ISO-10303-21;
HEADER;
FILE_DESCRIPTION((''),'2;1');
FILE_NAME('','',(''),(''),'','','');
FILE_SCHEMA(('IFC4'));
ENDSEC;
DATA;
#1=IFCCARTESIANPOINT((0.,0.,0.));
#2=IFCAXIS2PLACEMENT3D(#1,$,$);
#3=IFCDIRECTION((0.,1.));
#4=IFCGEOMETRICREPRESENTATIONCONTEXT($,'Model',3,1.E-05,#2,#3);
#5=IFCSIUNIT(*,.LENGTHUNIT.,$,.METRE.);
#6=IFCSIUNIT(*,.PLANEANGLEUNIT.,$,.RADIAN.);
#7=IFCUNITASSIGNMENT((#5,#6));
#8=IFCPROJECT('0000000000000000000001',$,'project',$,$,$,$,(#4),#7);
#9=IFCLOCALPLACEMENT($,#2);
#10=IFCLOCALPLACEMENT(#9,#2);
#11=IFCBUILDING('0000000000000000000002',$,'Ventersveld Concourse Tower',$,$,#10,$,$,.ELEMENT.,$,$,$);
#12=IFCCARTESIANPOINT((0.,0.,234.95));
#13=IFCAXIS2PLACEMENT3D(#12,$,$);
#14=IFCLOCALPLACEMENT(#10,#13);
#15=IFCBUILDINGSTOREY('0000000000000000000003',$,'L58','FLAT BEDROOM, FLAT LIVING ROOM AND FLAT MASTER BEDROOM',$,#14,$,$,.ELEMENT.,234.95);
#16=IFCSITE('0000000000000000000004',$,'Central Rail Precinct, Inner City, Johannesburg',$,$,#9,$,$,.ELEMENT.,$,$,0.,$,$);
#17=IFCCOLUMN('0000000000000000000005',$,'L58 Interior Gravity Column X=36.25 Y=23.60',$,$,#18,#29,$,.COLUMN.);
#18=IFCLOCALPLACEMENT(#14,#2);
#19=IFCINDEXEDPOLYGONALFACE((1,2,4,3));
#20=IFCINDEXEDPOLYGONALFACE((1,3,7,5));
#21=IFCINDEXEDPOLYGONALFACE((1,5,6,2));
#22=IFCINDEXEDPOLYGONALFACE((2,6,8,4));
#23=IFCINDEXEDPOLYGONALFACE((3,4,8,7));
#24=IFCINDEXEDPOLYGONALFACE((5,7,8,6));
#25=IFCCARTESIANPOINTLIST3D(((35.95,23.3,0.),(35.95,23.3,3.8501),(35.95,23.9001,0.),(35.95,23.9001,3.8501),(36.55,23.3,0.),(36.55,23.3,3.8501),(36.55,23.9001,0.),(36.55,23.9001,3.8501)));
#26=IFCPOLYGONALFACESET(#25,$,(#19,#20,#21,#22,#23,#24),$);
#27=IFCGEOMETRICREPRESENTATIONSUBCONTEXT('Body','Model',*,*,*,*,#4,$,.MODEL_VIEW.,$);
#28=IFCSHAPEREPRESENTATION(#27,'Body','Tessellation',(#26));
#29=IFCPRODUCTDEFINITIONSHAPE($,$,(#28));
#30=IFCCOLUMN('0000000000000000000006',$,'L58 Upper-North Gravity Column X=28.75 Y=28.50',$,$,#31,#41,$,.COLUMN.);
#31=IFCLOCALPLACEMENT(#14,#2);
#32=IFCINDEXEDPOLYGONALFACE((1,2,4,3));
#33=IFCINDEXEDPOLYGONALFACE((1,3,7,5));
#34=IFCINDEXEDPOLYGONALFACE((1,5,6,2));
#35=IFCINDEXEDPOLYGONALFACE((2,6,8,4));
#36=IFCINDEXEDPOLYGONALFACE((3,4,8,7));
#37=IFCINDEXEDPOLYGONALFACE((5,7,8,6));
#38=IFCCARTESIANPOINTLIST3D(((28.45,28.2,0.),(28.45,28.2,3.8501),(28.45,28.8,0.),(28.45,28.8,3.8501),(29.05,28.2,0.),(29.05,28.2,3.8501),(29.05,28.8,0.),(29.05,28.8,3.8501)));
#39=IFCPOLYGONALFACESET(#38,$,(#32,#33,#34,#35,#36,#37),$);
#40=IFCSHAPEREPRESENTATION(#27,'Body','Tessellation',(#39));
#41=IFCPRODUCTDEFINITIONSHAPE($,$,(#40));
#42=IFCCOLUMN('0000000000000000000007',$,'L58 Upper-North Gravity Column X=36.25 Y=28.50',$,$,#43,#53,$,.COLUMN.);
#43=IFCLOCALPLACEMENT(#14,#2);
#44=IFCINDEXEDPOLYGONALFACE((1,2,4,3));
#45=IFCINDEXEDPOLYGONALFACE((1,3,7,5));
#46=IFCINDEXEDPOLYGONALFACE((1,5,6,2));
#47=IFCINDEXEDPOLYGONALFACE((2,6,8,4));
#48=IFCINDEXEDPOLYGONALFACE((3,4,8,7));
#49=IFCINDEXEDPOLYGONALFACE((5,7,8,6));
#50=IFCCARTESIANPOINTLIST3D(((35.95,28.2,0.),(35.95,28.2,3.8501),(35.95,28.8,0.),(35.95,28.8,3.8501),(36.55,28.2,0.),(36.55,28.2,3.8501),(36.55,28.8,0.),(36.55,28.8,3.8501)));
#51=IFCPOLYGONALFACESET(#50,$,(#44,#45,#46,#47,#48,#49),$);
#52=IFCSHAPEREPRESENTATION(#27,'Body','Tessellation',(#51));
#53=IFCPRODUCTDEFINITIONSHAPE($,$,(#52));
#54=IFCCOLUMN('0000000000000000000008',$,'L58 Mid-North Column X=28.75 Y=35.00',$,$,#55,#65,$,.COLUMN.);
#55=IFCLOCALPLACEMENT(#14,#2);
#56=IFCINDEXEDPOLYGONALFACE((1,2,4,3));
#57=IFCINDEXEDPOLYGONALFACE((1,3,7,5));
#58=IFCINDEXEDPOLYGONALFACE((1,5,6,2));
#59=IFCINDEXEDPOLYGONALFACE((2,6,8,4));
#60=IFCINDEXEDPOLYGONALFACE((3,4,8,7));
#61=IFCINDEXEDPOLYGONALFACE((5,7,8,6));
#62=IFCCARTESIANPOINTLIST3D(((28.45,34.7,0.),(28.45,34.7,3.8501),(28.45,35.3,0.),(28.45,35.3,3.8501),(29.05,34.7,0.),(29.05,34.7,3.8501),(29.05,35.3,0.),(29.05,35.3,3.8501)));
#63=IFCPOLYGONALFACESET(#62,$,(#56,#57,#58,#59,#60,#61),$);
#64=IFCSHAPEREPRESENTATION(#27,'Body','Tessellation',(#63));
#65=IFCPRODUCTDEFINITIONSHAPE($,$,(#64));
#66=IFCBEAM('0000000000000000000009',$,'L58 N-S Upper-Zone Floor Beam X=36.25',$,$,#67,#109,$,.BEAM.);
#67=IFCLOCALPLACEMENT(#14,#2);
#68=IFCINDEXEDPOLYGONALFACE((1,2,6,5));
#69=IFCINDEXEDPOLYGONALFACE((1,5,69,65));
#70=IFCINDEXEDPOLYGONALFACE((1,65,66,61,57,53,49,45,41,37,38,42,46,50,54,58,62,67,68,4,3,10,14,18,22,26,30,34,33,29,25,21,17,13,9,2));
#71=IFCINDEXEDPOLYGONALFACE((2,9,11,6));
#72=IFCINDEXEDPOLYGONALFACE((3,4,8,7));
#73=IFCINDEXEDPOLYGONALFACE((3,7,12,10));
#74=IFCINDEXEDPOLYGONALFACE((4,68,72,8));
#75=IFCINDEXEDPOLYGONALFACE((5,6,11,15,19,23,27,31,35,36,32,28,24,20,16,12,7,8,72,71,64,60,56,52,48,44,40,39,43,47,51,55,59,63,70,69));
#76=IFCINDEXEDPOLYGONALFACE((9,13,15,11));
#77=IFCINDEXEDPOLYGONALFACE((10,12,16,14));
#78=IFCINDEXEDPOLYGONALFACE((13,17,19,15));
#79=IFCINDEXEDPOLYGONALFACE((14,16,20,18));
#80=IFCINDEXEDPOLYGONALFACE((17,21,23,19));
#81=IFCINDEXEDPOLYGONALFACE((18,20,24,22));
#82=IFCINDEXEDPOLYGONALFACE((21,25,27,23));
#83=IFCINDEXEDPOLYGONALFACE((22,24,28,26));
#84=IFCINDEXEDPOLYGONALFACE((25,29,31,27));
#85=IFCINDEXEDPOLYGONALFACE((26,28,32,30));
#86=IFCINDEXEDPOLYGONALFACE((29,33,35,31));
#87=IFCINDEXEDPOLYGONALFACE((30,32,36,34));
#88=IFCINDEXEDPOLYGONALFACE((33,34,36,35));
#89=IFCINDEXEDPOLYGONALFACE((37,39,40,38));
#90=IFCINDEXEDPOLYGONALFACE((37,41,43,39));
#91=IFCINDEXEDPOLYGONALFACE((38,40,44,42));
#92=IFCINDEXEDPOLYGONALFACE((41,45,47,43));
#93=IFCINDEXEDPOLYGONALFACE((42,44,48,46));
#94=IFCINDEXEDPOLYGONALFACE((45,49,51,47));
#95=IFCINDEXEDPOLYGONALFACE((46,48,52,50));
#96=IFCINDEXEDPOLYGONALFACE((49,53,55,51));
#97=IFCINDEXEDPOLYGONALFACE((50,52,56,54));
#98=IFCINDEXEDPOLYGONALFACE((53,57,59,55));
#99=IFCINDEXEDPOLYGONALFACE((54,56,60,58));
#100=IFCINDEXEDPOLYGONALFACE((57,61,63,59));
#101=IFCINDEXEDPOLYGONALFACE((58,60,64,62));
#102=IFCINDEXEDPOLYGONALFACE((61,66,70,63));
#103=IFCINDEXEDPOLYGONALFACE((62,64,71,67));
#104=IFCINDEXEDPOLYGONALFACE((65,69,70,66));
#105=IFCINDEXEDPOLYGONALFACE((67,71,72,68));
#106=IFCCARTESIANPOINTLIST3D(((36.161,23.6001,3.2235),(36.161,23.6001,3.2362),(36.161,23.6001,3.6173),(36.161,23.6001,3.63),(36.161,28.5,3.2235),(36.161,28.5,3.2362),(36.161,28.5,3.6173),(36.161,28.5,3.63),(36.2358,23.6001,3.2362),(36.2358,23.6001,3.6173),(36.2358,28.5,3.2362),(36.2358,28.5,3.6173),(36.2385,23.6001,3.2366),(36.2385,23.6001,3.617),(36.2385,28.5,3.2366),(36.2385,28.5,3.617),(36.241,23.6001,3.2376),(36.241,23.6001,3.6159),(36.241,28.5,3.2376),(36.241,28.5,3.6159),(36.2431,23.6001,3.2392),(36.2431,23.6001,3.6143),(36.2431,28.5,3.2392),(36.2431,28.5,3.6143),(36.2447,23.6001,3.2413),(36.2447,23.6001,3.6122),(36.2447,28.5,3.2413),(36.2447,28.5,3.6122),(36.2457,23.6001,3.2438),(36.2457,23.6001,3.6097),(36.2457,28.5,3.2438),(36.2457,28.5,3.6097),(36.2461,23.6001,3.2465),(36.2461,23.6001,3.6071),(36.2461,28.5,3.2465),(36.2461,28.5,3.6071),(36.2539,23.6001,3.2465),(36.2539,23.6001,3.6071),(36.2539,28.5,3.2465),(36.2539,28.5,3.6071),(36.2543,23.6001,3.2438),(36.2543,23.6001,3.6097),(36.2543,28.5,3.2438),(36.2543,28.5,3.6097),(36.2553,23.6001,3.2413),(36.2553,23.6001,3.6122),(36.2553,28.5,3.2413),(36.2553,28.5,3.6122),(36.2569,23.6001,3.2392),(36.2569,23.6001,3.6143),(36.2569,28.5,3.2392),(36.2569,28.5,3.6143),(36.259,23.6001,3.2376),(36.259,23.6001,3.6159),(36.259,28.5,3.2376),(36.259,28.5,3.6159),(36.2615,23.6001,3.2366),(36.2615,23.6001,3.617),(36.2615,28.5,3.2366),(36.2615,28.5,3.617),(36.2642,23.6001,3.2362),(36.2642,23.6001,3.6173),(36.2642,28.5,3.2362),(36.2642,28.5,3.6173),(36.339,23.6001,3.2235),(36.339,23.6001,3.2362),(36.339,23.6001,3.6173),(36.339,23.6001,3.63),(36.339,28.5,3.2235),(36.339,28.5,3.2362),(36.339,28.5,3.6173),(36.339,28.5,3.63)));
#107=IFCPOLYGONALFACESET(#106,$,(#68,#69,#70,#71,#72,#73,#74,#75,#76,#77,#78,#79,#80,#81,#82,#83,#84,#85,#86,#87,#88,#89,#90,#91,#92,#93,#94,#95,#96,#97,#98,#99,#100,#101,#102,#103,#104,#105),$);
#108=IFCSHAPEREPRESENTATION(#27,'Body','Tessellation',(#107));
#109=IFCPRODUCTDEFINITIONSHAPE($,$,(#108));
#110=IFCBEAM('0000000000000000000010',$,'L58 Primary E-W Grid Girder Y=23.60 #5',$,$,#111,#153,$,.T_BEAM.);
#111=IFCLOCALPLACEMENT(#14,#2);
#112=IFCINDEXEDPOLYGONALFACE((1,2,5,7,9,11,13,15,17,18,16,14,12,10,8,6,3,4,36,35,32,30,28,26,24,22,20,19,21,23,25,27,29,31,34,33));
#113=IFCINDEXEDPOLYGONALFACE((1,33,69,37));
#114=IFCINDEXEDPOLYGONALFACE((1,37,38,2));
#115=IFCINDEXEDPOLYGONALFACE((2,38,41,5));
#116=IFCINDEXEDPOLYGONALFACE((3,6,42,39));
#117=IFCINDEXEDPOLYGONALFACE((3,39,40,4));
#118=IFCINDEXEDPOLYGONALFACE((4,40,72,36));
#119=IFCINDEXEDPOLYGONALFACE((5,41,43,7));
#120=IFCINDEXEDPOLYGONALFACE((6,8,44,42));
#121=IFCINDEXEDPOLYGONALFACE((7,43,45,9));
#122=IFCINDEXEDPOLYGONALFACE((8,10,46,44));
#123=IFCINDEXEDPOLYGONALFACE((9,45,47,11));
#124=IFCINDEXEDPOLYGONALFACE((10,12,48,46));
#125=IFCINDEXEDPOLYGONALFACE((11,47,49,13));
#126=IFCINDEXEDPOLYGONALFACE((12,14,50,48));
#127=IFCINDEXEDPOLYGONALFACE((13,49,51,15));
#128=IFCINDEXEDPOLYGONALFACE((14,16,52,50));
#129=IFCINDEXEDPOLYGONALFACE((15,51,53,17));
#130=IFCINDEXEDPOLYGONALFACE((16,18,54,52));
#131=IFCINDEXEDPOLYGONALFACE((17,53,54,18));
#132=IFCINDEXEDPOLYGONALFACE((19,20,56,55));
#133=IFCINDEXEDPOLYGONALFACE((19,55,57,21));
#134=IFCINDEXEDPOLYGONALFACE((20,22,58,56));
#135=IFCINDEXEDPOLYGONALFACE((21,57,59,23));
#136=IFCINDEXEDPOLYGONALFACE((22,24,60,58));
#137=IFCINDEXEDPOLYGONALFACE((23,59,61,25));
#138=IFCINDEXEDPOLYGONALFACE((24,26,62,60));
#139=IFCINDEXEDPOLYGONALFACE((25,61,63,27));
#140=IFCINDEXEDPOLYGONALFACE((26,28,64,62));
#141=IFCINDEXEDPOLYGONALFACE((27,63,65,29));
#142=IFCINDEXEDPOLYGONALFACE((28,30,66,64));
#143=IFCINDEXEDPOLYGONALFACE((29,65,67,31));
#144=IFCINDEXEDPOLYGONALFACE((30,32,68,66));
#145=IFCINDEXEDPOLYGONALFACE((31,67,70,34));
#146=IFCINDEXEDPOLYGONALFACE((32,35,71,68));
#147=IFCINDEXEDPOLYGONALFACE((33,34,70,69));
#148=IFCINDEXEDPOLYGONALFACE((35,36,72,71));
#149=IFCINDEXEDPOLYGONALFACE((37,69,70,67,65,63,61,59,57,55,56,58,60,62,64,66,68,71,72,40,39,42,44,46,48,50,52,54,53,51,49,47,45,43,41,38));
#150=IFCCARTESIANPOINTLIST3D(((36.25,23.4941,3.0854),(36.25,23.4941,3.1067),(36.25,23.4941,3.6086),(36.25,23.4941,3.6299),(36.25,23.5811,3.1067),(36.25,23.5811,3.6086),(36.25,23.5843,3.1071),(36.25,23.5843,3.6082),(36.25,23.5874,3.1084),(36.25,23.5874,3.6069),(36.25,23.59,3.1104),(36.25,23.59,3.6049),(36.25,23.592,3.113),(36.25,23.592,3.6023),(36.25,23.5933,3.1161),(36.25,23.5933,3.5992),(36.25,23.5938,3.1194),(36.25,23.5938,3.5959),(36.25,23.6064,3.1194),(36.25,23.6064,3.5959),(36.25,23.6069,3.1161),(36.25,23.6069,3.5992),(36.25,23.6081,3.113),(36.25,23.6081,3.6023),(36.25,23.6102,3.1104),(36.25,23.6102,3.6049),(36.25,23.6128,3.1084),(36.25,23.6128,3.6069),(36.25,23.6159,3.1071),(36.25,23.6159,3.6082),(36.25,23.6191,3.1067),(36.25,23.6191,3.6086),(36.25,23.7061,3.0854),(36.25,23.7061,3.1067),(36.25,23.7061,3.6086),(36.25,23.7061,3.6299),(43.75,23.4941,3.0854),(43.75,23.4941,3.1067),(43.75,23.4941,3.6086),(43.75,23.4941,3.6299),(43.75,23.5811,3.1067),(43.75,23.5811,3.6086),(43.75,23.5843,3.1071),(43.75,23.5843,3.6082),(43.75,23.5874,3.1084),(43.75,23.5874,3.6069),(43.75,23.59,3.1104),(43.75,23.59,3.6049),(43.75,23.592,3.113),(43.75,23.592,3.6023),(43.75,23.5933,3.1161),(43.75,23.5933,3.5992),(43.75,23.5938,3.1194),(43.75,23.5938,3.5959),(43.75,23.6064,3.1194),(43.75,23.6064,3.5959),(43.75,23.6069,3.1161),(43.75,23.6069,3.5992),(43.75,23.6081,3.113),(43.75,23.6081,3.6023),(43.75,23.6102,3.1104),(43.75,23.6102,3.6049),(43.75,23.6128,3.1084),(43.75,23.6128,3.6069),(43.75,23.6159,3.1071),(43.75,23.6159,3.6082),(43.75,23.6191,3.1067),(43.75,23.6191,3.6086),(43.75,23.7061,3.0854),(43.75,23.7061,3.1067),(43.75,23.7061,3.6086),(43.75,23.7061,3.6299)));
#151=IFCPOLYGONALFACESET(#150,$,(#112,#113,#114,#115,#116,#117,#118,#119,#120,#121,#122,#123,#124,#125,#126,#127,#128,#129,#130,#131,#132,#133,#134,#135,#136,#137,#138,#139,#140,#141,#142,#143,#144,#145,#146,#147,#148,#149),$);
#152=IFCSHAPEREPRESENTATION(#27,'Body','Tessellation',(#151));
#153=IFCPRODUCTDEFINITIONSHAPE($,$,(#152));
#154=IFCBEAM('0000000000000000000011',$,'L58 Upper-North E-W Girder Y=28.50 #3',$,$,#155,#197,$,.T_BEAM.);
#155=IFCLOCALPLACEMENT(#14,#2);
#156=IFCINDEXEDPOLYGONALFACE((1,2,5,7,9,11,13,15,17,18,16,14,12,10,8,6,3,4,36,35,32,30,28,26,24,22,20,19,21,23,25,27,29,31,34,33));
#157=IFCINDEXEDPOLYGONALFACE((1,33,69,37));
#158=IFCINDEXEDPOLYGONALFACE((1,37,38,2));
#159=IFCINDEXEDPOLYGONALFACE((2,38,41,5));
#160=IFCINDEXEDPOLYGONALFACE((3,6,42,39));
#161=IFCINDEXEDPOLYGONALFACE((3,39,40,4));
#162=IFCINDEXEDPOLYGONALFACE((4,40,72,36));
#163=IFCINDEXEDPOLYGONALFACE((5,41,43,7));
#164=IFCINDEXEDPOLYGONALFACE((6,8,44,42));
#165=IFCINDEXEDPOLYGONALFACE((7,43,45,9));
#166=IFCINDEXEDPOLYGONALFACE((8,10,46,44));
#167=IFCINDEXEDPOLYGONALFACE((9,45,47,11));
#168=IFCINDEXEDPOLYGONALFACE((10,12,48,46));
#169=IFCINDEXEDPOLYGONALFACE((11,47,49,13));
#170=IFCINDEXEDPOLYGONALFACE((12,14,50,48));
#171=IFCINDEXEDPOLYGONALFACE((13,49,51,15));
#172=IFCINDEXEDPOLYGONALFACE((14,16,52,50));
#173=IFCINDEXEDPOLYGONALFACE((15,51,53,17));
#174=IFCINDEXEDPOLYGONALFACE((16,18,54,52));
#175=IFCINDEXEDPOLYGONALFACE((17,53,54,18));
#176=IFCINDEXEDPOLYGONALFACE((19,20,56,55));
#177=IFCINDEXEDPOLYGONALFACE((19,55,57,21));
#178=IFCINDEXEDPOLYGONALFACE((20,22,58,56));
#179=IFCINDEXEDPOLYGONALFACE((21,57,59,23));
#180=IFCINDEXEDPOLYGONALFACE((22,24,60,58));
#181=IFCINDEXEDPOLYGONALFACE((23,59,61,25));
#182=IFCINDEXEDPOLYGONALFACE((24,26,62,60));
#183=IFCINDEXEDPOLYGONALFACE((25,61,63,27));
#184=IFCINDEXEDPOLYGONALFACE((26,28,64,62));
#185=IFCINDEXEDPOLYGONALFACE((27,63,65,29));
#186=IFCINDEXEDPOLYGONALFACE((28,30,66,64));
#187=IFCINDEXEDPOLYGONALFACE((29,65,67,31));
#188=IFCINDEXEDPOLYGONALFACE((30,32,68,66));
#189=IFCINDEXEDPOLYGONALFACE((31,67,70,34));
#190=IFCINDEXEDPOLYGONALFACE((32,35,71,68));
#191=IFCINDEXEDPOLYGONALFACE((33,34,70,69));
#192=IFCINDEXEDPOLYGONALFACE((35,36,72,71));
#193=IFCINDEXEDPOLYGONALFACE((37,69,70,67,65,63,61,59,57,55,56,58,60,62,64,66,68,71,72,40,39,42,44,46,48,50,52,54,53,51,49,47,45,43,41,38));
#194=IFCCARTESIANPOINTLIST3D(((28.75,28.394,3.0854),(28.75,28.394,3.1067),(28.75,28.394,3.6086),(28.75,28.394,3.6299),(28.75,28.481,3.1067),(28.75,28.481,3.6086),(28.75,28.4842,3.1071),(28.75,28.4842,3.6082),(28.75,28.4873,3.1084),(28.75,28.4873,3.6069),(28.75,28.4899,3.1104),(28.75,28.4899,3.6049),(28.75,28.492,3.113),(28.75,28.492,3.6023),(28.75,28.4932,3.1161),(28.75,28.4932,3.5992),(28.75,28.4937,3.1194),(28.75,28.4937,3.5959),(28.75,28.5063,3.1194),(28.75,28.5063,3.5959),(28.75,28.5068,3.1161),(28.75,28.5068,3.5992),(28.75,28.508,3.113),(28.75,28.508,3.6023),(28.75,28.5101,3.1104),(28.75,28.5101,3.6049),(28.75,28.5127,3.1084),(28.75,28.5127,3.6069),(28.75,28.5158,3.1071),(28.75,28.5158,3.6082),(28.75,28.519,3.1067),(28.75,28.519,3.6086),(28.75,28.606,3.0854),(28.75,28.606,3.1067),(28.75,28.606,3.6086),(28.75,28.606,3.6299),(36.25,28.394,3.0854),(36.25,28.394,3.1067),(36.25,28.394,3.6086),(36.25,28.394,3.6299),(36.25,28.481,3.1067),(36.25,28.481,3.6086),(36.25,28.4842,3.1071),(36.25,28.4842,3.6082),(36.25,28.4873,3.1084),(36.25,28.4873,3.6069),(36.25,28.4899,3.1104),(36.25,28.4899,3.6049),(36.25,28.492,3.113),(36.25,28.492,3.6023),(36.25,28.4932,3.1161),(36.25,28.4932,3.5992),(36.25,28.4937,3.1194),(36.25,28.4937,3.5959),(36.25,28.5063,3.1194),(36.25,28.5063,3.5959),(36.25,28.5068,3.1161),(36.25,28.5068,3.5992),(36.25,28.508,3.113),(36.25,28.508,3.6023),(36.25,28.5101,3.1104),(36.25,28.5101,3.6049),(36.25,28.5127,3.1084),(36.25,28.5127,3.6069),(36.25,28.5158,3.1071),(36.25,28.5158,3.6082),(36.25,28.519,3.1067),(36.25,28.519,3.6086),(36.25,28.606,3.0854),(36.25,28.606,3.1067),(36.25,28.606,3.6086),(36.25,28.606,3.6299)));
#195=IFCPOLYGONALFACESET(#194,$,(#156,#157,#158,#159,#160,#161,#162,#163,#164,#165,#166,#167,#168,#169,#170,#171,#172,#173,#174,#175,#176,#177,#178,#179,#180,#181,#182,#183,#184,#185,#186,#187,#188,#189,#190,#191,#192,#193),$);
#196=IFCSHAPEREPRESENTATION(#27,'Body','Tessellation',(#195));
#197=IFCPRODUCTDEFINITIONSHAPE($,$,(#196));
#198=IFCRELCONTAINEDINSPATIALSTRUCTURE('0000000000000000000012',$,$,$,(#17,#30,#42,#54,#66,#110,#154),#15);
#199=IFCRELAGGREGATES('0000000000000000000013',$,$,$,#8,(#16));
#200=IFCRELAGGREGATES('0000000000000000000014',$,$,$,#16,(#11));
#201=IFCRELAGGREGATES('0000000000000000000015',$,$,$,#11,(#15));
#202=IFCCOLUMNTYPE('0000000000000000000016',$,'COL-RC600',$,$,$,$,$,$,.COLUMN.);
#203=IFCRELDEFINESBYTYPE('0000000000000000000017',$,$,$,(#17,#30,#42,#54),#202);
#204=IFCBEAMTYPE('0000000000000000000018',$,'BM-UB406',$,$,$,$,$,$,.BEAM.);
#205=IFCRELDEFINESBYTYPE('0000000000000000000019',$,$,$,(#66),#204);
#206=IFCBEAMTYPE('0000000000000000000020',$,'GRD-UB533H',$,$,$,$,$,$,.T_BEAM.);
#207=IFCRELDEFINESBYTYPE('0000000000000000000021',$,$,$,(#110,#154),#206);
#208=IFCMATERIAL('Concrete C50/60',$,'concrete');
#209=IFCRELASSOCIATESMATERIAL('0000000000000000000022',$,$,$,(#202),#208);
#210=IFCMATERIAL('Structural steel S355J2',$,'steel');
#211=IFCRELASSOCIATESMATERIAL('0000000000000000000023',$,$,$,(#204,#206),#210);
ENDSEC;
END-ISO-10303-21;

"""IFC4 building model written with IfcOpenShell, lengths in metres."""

from ifc_helpers import new_model, si_unit, direction, frame, origin, origin_2d, place, context, subcontext, project, spatial, rectangle, i_section, extrude, material, material_profile, profile_set, type_object, element, save


model = new_model("IFC4")

# Units and contexts
model_context = context("Model", 3, precision=1e-05, world=origin(), true_north=direction((0.0, 1.0)))
body_context = subcontext(model_context, "Body", "Model", "MODEL_VIEW")
ifc_project = project(units=[si_unit("LENGTHUNIT", "METRE"), si_unit("PLANEANGLEUNIT", "RADIAN")], contexts=[model_context])

# Site, building, storey
site_placement = place(None, origin())
site = spatial("IfcSite", under=ifc_project, at=site_placement, Name="Central Rail Precinct, Inner City, Johannesburg", CompositionType="ELEMENT", RefElevation=0.0)
building_placement = place(site_placement, origin())
building = spatial("IfcBuilding", under=site, at=building_placement, Name="Ventersveld Concourse Tower", CompositionType="ELEMENT")
storey_placement = place(building_placement, frame((0.0, 0.0, 234.95)))
storey = spatial("IfcBuildingStorey", under=building, at=storey_placement, Name="L58", Description="FLAT BEDROOM, FLAT LIVING ROOM AND FLAT MASTER BEDROOM", CompositionType="ELEMENT", Elevation=234.95)

# Columns
ifc_material_1 = material(Name="Concrete C50/60", Category="concrete")
ifc_material_profile_1 = material_profile(ifc_material_1, rectangle(XDim=0.6001, YDim=0.6001, at=origin_2d()), Name="RC 600x600")
ifc_profile_set_1 = profile_set([ifc_material_profile_1], Name="Concrete C50/60")
column_type = type_object("IfcColumnType", Name="COL-RC600", PredefinedType="COLUMN", material=ifc_profile_set_1)
for number, where, z_axis, x_axis, name in (
    (1, (36.25, 23.6001, 0.0), (0.0, 0.0, 1.0), (1.0, 0.0, 0.0), "L58 Interior Gravity Column X=36.25 Y=23.60"),
    (2, (28.75, 28.5, 0.0), (0.0, 0.0, 1.0), (1.0, 0.0, 0.0), "L58 Upper-North Gravity Column X=28.75 Y=28.50"),
    (3, (36.25, 28.5, 0.0), (0.0, 0.0, 1.0), (1.0, 0.0, 0.0), "L58 Upper-North Gravity Column X=36.25 Y=28.50"),
    (4, (28.75, 35.0, 0.0), (0.0, 0.0, 1.0), (1.0, 0.0, 0.0), "L58 Mid-North Column X=28.75 Y=35.00"),
):
    element("IfcColumn", number, at=place(storey_placement, frame(where, z_axis=z_axis, x_axis=x_axis)), inside=storey, type_object=column_type, Name=name, PredefinedType="COLUMN", context=body_context, shape_type="SweptSolid", body=[
        extrude(rectangle(XDim=0.6001, YDim=0.6001, at=origin_2d()), origin(), (0.0, 0.0, 1.0), 3.8501),
    ])

# Beams
ifc_material_2 = material(Name="Structural steel S355J2", Category="steel")
ifc_material_profile_2 = material_profile(ifc_material_2, i_section(OverallWidth=0.178, OverallDepth=0.4065, WebThickness=0.0078, FlangeThickness=0.0127, FilletRadius=0.0103, at=origin_2d()), Name="UB 406x178x60")
ifc_profile_set_2 = profile_set([ifc_material_profile_2], Name="Structural steel S355J2")
beam_type_1 = type_object("IfcBeamType", Name="BM-UB406", PredefinedType="BEAM", material=ifc_profile_set_2)
beam_placement = place(storey_placement, frame((36.25, 23.6001, 3.4268), z_axis=(0.0, 1.0, 0.0), x_axis=(-1.0, 0.0, 0.0)))
element("IfcBeam", 5, at=beam_placement, inside=storey, type_object=beam_type_1, Name="L58 N-S Upper-Zone Floor Beam X=36.25", PredefinedType="BEAM", context=body_context, shape_type="SweptSolid", body=[
    extrude(i_section(OverallWidth=0.178, OverallDepth=0.4065, WebThickness=0.0078, FlangeThickness=0.0127, FilletRadius=0.0103, at=origin_2d()), origin(), (0.0, 0.0, 1.0), 4.8999),
])
ifc_material_profile_3 = material_profile(ifc_material_2, i_section(OverallWidth=0.2119, OverallDepth=0.5444, WebThickness=0.0127, FlangeThickness=0.0212, FilletRadius=0.0127, at=origin_2d()), Name="UB 533x210x122")
ifc_profile_set_3 = profile_set([ifc_material_profile_3], Name="Structural steel S355J2")
beam_type_2 = type_object("IfcBeamType", Name="GRD-UB533H", PredefinedType="T_BEAM", material=ifc_profile_set_3)
for number, where, z_axis, x_axis, name in (
    (6, (36.25, 23.6001, 3.3577), (1.0, 0.0, 0.0), (0.0, 1.0, 0.0), "L58 Primary E-W Grid Girder Y=23.60 #5"),
    (7, (28.75, 28.5, 3.3577), (1.0, 0.0, 0.0), (0.0, 1.0, 0.0), "L58 Upper-North E-W Girder Y=28.50 #3"),
):
    element("IfcBeam", number, at=place(storey_placement, frame(where, z_axis=z_axis, x_axis=x_axis)), inside=storey, type_object=beam_type_2, Name=name, PredefinedType="T_BEAM", context=body_context, shape_type="SweptSolid", body=[
        extrude(i_section(OverallWidth=0.2119, OverallDepth=0.5444, WebThickness=0.0127, FlangeThickness=0.0212, FilletRadius=0.0127, at=origin_2d()), origin(), (0.0, 0.0, 1.0), 7.5),
    ])

save(model, "model.ifc")
